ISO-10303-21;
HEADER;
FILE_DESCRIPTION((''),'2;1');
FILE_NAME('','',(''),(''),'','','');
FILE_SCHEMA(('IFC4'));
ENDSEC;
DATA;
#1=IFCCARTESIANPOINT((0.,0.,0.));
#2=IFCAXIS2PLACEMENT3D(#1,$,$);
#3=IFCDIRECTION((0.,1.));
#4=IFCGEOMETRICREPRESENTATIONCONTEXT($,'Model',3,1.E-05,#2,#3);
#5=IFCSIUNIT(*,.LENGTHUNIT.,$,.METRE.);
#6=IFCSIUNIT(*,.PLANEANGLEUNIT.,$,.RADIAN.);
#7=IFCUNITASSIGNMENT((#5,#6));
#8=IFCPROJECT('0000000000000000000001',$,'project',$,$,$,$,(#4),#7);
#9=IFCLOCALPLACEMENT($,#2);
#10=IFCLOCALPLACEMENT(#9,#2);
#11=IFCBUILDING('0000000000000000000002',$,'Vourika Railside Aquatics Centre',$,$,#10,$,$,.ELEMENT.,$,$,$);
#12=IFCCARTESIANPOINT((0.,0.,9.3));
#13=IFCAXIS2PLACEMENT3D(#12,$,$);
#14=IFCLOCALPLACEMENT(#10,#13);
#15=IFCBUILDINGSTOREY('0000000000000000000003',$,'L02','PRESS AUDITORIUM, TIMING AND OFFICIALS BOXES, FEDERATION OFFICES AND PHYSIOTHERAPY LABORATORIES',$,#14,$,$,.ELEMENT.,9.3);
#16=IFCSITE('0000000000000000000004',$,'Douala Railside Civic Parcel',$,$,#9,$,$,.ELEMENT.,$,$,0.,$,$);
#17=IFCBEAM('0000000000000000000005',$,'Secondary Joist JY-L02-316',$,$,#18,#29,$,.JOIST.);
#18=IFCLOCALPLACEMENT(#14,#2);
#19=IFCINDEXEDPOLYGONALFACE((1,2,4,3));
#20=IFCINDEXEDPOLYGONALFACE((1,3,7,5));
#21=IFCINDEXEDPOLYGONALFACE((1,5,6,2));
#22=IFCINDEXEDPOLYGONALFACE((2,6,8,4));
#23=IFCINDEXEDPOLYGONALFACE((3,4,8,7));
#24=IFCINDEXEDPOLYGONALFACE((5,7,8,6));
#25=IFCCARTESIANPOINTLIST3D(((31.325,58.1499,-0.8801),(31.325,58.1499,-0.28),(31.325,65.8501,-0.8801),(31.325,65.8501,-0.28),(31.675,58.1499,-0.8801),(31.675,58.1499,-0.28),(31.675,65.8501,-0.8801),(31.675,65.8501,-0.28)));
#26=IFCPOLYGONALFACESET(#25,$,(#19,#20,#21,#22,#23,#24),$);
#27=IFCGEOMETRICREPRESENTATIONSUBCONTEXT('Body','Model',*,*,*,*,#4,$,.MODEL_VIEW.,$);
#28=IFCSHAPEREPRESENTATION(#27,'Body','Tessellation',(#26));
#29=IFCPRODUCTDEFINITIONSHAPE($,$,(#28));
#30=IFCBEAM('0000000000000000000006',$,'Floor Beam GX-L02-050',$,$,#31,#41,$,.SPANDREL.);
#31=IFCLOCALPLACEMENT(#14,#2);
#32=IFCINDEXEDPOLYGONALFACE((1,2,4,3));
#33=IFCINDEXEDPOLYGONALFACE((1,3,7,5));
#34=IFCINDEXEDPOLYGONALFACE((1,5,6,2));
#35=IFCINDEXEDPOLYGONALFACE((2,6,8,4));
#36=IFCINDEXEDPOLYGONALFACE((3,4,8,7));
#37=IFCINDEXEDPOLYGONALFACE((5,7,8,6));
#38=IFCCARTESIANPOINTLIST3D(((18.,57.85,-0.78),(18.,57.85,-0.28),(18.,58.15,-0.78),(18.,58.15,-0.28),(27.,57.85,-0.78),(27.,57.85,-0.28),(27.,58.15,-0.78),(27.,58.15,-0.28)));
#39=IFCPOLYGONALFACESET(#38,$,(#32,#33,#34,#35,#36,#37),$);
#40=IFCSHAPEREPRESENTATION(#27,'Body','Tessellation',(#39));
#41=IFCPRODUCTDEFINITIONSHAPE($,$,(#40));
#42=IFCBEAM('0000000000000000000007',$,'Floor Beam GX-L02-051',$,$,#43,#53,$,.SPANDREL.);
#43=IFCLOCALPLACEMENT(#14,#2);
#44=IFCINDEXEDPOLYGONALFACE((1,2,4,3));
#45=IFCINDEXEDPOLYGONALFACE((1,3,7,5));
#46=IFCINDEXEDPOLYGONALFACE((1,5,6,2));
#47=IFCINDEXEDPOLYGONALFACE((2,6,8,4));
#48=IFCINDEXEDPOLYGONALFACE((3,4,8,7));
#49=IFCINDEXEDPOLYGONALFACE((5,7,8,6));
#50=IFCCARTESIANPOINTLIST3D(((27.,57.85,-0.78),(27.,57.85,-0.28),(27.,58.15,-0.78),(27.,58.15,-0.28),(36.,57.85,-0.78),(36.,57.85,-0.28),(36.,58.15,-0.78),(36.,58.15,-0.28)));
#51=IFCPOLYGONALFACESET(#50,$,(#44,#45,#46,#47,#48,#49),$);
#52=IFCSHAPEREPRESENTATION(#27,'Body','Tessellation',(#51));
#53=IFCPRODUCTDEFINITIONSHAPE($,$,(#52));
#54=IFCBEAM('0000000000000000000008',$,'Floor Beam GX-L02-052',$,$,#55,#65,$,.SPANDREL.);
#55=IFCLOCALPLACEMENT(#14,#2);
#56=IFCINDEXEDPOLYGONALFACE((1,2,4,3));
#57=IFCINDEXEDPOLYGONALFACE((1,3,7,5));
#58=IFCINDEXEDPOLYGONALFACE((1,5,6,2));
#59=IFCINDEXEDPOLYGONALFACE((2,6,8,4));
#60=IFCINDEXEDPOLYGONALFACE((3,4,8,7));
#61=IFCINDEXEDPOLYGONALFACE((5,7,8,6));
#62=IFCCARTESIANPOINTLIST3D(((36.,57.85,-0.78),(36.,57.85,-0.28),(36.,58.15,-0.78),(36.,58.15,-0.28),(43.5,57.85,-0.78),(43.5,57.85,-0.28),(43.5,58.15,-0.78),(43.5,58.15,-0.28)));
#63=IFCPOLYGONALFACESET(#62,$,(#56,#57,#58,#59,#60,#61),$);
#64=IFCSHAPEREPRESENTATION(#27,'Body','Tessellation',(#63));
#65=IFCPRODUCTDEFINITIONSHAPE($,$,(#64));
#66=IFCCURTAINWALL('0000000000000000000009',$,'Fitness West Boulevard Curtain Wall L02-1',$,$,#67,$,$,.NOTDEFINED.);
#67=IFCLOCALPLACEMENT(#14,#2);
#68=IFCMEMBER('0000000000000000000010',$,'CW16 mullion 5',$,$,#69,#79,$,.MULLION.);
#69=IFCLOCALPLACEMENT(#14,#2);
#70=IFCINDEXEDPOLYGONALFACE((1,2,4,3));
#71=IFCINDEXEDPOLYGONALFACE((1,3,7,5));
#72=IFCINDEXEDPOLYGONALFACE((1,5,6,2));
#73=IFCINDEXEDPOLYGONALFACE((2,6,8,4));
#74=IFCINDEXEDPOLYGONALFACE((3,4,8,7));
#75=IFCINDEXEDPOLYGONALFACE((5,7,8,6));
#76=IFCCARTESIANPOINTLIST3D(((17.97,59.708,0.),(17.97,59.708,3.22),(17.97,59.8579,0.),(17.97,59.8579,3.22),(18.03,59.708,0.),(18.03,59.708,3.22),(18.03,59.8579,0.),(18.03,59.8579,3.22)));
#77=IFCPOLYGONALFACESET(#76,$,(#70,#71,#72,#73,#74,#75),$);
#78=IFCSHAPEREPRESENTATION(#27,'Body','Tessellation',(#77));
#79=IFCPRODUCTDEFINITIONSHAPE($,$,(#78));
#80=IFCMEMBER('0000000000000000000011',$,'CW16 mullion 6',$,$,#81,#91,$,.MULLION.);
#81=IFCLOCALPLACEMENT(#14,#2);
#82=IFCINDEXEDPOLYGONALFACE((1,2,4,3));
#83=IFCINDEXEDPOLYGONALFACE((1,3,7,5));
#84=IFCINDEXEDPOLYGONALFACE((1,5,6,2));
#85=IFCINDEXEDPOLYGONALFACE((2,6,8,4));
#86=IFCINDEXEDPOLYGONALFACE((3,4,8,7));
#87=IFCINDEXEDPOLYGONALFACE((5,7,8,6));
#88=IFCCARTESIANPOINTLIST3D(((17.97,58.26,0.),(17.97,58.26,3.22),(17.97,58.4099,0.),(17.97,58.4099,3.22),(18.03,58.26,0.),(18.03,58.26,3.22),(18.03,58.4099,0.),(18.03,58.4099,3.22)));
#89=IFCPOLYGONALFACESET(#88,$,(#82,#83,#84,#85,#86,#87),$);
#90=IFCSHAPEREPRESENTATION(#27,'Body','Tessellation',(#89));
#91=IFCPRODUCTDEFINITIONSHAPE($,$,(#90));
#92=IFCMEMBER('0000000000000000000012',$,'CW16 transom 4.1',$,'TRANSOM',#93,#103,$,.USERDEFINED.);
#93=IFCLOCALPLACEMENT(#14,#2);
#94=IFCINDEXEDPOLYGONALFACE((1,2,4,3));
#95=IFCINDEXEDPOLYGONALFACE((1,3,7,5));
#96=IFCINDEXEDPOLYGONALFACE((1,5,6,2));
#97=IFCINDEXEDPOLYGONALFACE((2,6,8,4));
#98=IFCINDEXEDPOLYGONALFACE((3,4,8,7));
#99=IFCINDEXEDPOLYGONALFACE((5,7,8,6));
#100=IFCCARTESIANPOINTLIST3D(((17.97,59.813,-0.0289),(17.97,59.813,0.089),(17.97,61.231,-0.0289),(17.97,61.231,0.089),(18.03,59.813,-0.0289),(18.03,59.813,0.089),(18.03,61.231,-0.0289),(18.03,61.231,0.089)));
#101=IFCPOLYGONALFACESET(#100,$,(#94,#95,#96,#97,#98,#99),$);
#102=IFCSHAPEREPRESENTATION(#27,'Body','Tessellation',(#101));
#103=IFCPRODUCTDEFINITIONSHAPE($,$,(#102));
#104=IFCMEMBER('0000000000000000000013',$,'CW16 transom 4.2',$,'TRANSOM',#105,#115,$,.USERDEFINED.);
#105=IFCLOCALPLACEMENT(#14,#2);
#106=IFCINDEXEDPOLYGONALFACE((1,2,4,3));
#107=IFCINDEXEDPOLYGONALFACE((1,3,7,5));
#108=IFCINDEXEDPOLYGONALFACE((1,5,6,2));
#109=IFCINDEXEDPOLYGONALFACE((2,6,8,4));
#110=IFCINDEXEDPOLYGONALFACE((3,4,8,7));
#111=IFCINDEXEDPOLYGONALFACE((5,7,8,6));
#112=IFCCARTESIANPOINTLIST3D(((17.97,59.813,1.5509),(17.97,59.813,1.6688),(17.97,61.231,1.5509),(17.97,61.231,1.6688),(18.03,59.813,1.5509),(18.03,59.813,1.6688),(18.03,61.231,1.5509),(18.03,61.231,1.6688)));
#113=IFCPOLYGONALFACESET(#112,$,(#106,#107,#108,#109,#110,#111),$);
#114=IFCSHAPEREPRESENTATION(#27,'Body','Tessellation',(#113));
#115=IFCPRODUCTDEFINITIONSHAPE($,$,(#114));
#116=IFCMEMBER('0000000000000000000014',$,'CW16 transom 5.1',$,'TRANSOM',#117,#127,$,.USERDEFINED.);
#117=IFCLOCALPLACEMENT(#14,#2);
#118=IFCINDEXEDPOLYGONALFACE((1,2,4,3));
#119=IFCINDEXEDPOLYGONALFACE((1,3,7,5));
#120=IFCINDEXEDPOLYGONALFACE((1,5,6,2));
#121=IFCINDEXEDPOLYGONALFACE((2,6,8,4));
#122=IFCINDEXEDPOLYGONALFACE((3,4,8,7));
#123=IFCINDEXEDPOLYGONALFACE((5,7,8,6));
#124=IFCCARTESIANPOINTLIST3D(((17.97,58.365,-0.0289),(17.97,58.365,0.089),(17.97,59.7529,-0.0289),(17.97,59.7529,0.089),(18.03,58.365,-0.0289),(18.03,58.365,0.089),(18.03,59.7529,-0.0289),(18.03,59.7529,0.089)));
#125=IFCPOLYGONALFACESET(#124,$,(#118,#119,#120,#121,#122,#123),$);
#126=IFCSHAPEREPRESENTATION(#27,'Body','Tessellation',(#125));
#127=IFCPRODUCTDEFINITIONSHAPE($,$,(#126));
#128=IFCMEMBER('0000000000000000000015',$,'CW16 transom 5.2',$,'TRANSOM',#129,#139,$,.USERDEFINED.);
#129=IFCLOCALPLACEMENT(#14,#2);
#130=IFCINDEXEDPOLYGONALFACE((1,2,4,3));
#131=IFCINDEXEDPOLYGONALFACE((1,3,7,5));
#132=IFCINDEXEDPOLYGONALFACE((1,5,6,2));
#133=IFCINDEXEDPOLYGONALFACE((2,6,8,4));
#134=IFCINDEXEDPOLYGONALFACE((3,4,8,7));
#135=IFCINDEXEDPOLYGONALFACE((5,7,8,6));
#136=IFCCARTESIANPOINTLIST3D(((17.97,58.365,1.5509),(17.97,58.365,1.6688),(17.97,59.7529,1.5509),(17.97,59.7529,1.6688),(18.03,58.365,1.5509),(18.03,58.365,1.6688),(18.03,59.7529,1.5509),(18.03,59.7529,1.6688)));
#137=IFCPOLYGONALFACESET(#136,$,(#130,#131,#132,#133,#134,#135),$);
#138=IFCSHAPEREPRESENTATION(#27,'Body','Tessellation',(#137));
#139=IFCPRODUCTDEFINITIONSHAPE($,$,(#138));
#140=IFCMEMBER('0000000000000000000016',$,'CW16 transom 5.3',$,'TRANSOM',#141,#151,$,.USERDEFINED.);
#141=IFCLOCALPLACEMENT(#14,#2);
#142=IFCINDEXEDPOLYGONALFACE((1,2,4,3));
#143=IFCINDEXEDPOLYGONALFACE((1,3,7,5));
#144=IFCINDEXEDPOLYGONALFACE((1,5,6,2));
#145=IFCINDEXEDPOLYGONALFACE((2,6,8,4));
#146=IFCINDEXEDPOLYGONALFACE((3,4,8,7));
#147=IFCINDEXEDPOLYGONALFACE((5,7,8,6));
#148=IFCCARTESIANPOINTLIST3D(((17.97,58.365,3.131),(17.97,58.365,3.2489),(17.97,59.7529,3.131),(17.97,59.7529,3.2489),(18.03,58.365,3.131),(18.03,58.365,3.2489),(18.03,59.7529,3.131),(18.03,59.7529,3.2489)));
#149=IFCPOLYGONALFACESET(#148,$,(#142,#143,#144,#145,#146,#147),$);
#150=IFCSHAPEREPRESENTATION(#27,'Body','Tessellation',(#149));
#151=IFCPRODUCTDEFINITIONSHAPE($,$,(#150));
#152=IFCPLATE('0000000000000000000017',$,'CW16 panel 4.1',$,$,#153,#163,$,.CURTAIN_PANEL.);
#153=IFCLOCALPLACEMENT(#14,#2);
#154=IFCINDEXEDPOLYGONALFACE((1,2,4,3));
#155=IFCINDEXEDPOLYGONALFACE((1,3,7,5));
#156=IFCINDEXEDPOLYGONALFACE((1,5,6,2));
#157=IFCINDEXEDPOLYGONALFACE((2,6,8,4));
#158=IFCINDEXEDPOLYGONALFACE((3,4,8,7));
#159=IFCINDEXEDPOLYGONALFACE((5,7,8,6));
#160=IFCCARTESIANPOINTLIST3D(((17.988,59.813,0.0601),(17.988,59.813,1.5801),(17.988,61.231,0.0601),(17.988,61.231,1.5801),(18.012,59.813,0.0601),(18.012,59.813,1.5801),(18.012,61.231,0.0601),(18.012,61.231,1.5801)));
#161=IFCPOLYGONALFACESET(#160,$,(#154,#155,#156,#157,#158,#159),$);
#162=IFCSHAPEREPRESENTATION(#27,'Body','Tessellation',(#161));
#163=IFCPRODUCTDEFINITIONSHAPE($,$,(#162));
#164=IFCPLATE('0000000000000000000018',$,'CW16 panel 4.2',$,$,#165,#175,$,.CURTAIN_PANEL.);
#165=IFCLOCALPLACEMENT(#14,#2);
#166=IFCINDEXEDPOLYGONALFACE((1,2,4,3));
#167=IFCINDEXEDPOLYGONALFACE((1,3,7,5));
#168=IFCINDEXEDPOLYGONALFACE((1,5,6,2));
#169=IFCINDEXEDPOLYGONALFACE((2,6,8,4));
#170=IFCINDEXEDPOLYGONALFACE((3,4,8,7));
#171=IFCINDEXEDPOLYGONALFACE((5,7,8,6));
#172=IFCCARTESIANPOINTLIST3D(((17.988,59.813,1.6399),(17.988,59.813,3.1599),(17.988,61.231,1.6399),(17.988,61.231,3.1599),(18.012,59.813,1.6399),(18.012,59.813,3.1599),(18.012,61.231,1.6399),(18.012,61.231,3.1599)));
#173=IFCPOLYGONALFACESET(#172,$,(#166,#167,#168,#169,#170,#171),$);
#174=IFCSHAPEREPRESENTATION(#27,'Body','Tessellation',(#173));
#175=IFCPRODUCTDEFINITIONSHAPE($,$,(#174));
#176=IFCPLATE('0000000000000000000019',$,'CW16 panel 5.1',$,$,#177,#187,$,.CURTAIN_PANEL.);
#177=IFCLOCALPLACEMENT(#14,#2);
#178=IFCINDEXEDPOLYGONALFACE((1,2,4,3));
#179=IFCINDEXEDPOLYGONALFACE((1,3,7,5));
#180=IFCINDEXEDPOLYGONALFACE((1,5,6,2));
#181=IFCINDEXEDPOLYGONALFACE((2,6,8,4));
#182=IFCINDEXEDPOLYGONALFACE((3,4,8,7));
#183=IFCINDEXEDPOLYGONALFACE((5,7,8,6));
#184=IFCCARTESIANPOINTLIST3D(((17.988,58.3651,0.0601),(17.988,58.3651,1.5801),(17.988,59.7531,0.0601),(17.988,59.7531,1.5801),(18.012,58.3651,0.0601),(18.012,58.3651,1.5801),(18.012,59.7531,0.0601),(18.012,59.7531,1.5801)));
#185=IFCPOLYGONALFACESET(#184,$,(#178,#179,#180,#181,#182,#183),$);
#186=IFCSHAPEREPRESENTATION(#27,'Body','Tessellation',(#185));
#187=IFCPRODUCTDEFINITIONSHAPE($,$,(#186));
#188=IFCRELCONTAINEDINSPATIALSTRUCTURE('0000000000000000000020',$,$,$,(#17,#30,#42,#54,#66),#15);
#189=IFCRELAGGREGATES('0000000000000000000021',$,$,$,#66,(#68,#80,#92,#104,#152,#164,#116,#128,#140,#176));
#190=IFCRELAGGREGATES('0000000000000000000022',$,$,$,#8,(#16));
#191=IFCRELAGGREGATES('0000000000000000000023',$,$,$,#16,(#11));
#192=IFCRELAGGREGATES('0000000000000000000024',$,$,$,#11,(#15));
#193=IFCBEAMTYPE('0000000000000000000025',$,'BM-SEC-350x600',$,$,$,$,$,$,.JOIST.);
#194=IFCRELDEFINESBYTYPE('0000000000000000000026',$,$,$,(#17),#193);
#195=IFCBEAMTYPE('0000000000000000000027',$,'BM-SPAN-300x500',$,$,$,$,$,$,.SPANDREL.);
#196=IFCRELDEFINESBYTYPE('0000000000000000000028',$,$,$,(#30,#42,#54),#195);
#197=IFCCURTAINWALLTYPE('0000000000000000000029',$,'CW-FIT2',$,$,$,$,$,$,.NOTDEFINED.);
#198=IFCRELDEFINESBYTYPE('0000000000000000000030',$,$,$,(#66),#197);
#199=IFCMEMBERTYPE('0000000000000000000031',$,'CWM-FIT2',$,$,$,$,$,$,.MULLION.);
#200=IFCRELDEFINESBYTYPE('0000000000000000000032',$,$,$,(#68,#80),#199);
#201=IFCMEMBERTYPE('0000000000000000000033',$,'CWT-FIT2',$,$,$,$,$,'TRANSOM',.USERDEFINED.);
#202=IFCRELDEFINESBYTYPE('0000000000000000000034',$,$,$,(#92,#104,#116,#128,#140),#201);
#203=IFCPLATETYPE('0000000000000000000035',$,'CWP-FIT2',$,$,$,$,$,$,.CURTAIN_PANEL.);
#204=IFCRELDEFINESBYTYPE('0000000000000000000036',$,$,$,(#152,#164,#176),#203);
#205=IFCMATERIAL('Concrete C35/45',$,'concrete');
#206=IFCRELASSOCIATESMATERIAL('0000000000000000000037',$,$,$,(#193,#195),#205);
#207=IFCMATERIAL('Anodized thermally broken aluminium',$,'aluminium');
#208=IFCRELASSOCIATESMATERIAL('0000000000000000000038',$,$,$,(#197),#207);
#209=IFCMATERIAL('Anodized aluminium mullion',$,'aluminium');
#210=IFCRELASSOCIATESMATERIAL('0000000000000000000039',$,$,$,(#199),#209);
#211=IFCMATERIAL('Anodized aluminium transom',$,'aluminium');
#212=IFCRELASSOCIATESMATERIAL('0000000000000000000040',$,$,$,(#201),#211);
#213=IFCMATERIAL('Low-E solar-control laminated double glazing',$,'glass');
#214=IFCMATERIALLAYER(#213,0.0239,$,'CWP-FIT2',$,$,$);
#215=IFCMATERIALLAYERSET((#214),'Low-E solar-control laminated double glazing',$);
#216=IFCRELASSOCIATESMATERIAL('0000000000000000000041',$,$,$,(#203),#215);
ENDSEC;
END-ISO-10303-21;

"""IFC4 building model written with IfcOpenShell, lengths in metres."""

from ifc_helpers import new_model, si_unit, direction, frame, origin, origin_2d, place, context, subcontext, project, spatial, rectangle, extrude, material, layer, layer_set, material_profile, profile_set, type_object, element, aggregate, save


model = new_model("IFC4")

# Units and contexts
model_context = context("Model", 3, precision=1e-05, world=origin(), true_north=direction((0.0, 1.0)))
body_context = subcontext(model_context, "Body", "Model", "MODEL_VIEW")
ifc_project = project(units=[si_unit("LENGTHUNIT", "METRE"), si_unit("PLANEANGLEUNIT", "RADIAN")], contexts=[model_context])

# Site, building, storey
site_placement = place(None, origin())
site = spatial("IfcSite", under=ifc_project, at=site_placement, Name="Douala Railside Civic Parcel", CompositionType="ELEMENT", RefElevation=0.0)
building_placement = place(site_placement, origin())
building = spatial("IfcBuilding", under=site, at=building_placement, Name="Vourika Railside Aquatics Centre", CompositionType="ELEMENT")
storey_placement = place(building_placement, frame((0.0, 0.0, 9.3)))
storey = spatial("IfcBuildingStorey", under=building, at=storey_placement, Name="L02", Description="PRESS AUDITORIUM, TIMING AND OFFICIALS BOXES, FEDERATION OFFICES AND PHYSIOTHERAPY LABORATORIES", CompositionType="ELEMENT", Elevation=9.3)

# Shared definitions
ifc_material_1 = material(Name="Concrete C35/45", Category="concrete")

# Beams
ifc_material_profile_1 = material_profile(ifc_material_1, rectangle(XDim=0.3501, YDim=0.6001, at=origin_2d()), Name="RC 350x600")
ifc_profile_set_1 = profile_set([ifc_material_profile_1], Name="Concrete C35/45")
beam_type_1 = type_object("IfcBeamType", Name="BM-SEC-350x600", PredefinedType="JOIST", material=ifc_profile_set_1)
for number, where, z_axis, x_axis, name in (
    (1, (31.5, 58.1499, -0.5801), (0.0, 1.0, 0.0), (-1.0, 0.0, 0.0), "Secondary Joist JY-L02-316"),
):
    element("IfcBeam", number, at=place(storey_placement, frame(where, z_axis=z_axis, x_axis=x_axis)), inside=storey, type_object=beam_type_1, Name=name, PredefinedType="JOIST", context=body_context, shape_type="SweptSolid", body=[
        extrude(rectangle(XDim=0.3501, YDim=0.6001, at=origin_2d()), origin(), (0.0, 0.0, 1.0), 7.7002),
    ])
ifc_material_profile_2 = material_profile(ifc_material_1, rectangle(XDim=0.3, YDim=0.5, at=origin_2d()), Name="RC 300x500")
ifc_profile_set_2 = profile_set([ifc_material_profile_2], Name="Concrete C35/45")
beam_type_2 = type_object("IfcBeamType", Name="BM-SPAN-300x500", PredefinedType="SPANDREL", material=ifc_profile_set_2)
for number, where, z_axis, x_axis, name in (
    (2, (18.0, 58.0, -0.53), (1.0, 0.0, 0.0), (0.0, 1.0, 0.0), "Floor Beam GX-L02-050"),
    (3, (27.0, 58.0, -0.53), (1.0, 0.0, 0.0), (0.0, 1.0, 0.0), "Floor Beam GX-L02-051"),
):
    element("IfcBeam", number, at=place(storey_placement, frame(where, z_axis=z_axis, x_axis=x_axis)), inside=storey, type_object=beam_type_2, Name=name, PredefinedType="SPANDREL", context=body_context, shape_type="SweptSolid", body=[
        extrude(rectangle(XDim=0.3, YDim=0.5, at=origin_2d()), origin(), (0.0, 0.0, 1.0), 9.0),
    ])
beam_1_placement = place(storey_placement, frame((36.0, 58.0, -0.53), z_axis=(1.0, 0.0, 0.0), x_axis=(0.0, 1.0, 0.0)))
element("IfcBeam", 4, at=beam_1_placement, inside=storey, type_object=beam_type_2, Name="Floor Beam GX-L02-052", PredefinedType="SPANDREL", context=body_context, shape_type="SweptSolid", body=[
    extrude(rectangle(XDim=0.3, YDim=0.5, at=origin_2d()), origin(), (0.0, 0.0, 1.0), 7.5),
])

# Curtain wall, members, plates
ifc_material_2 = material(Name="Anodized thermally broken aluminium", Category="aluminium")
curtain_wall_type = type_object("IfcCurtainWallType", Name="CW-FIT2", PredefinedType="NOTDEFINED", material=ifc_material_2)
curtain_wall_placement = place(storey_placement, origin())
curtain_wall = element("IfcCurtainWall", 5, at=curtain_wall_placement, inside=storey, type_object=curtain_wall_type, Name="Fitness West Boulevard Curtain Wall L02-1", PredefinedType="NOTDEFINED")
ifc_material_3 = material(Name="Anodized aluminium mullion", Category="aluminium")
ifc_material_profile_3 = material_profile(ifc_material_3, rectangle(XDim=0.0601, YDim=0.1499, at=origin_2d()), Name="ALU-M 60x150")
ifc_profile_set_3 = profile_set([ifc_material_profile_3], Name="Anodized aluminium mullion")
member_type_1 = type_object("IfcMemberType", Name="CWM-FIT2", PredefinedType="MULLION", material=ifc_profile_set_3)
member_1_placement = place(storey_placement, frame((18.0, 59.783, 0.0), z_axis=(0.0, 0.0, 1.0), x_axis=(1.0, 0.0, 0.0)))
member_1 = element("IfcMember", 6, at=member_1_placement, type_object=member_type_1, Name="CW16 mullion 5", PredefinedType="MULLION", context=body_context, shape_type="SweptSolid", body=[
    extrude(rectangle(XDim=0.0601, YDim=0.1499, at=origin_2d()), origin(), (0.0, 0.0, 1.0), 3.22),
])
member_2_placement = place(storey_placement, frame((18.0, 58.335, 0.0), z_axis=(0.0, 0.0, 1.0), x_axis=(1.0, 0.0, 0.0)))
member_2 = element("IfcMember", 7, at=member_2_placement, type_object=member_type_1, Name="CW16 mullion 6", PredefinedType="MULLION", context=body_context, shape_type="SweptSolid", body=[
    extrude(rectangle(XDim=0.0601, YDim=0.1499, at=origin_2d()), origin(), (0.0, 0.0, 1.0), 3.22),
])
ifc_material_4 = material(Name="Anodized aluminium transom", Category="aluminium")
ifc_material_profile_4 = material_profile(ifc_material_4, rectangle(XDim=0.0601, YDim=0.1179, at=origin_2d()), Name="ALU-T 60x118")
ifc_profile_set_4 = profile_set([ifc_material_profile_4], Name="Anodized aluminium transom")
member_type_2 = type_object("IfcMemberType", Name="CWT-FIT2", ElementType="TRANSOM", PredefinedType="USERDEFINED", material=ifc_profile_set_4)
member_3_placement = place(storey_placement, frame((18.0, 61.231, 0.03), z_axis=(0.0, -1.0, 0.0), x_axis=(1.0, 0.0, 0.0)))
member_3 = element("IfcMember", 8, at=member_3_placement, type_object=member_type_2, Name="CW16 transom 4.1", ObjectType="TRANSOM", PredefinedType="USERDEFINED", context=body_context, shape_type="SweptSolid", body=[
    extrude(rectangle(XDim=0.0601, YDim=0.1179, at=origin_2d()), origin(), (0.0, 0.0, 1.0), 1.418),
])
member_4_placement = place(storey_placement, frame((18.0, 61.231, 1.6099), z_axis=(0.0, -1.0, 0.0), x_axis=(1.0, 0.0, 0.0)))
member_4 = element("IfcMember", 9, at=member_4_placement, type_object=member_type_2, Name="CW16 transom 4.2", ObjectType="TRANSOM", PredefinedType="USERDEFINED", context=body_context, shape_type="SweptSolid", body=[
    extrude(rectangle(XDim=0.0601, YDim=0.1179, at=origin_2d()), origin(), (0.0, 0.0, 1.0), 1.418),
])
member_5_placement = place(storey_placement, frame((18.0, 59.7529, 0.03), z_axis=(0.0, -1.0, 0.0), x_axis=(1.0, 0.0, 0.0)))
member_5 = element("IfcMember", 10, at=member_5_placement, type_object=member_type_2, Name="CW16 transom 5.1", ObjectType="TRANSOM", PredefinedType="USERDEFINED", context=body_context, shape_type="SweptSolid", body=[
    extrude(rectangle(XDim=0.0601, YDim=0.1179, at=origin_2d()), origin(), (0.0, 0.0, 1.0), 1.3879),
])
member_6_placement = place(storey_placement, frame((18.0, 59.7529, 1.6099), z_axis=(0.0, -1.0, 0.0), x_axis=(1.0, 0.0, 0.0)))
member_6 = element("IfcMember", 11, at=member_6_placement, type_object=member_type_2, Name="CW16 transom 5.2", ObjectType="TRANSOM", PredefinedType="USERDEFINED", context=body_context, shape_type="SweptSolid", body=[
    extrude(rectangle(XDim=0.0601, YDim=0.1179, at=origin_2d()), origin(), (0.0, 0.0, 1.0), 1.3879),
])
member_7_placement = place(storey_placement, frame((18.0, 59.7529, 3.1899), z_axis=(0.0, -1.0, 0.0), x_axis=(1.0, 0.0, 0.0)))
member_7 = element("IfcMember", 12, at=member_7_placement, type_object=member_type_2, Name="CW16 transom 5.3", ObjectType="TRANSOM", PredefinedType="USERDEFINED", context=body_context, shape_type="SweptSolid", body=[
    extrude(rectangle(XDim=0.0601, YDim=0.1179, at=origin_2d()), origin(), (0.0, 0.0, 1.0), 1.3879),
])
ifc_material_5 = material(Name="Low-E solar-control laminated double glazing", Category="glass")
ifc_layer = layer(ifc_material_5, 0.0239, Name="CWP-FIT2")
ifc_layer_set = layer_set([ifc_layer], Name="Low-E solar-control laminated double glazing")
plate_type = type_object("IfcPlateType", Name="CWP-FIT2", PredefinedType="CURTAIN_PANEL", material=ifc_layer_set)
plate_1_placement = place(storey_placement, frame((18.0, 60.522, 0.0601), z_axis=(0.0, 0.0, 1.0), x_axis=(0.0, -1.0, 0.0)))
plate_1 = element("IfcPlate", 13, at=plate_1_placement, type_object=plate_type, Name="CW16 panel 4.1", PredefinedType="CURTAIN_PANEL", context=body_context, shape_type="SweptSolid", body=[
    extrude(rectangle(XDim=1.418, YDim=0.0239, at=origin_2d()), origin(), (0.0, 0.0, 1.0), 1.52),
])
plate_2_placement = place(storey_placement, frame((18.0, 60.522, 1.6399), z_axis=(0.0, 0.0, 1.0), x_axis=(0.0, -1.0, 0.0)))
plate_2 = element("IfcPlate", 14, at=plate_2_placement, type_object=plate_type, Name="CW16 panel 4.2", PredefinedType="CURTAIN_PANEL", context=body_context, shape_type="SweptSolid", body=[
    extrude(rectangle(XDim=1.418, YDim=0.0239, at=origin_2d()), origin(), (0.0, 0.0, 1.0), 1.52),
])
plate_3_placement = place(storey_placement, frame((18.0, 59.0591, 0.0601), z_axis=(0.0, 0.0, 1.0), x_axis=(0.0, -1.0, 0.0)))
plate_3 = element("IfcPlate", 15, at=plate_3_placement, type_object=plate_type, Name="CW16 panel 5.1", PredefinedType="CURTAIN_PANEL", context=body_context, shape_type="SweptSolid", body=[
    extrude(rectangle(XDim=1.3879, YDim=0.0239, at=origin_2d()), origin(), (0.0, 0.0, 1.0), 1.52),
])
aggregate(curtain_wall, [member_1, member_2, member_3, member_4, plate_1, plate_2, member_5, member_6, member_7, plate_3])

save(model, "model.ifc")
